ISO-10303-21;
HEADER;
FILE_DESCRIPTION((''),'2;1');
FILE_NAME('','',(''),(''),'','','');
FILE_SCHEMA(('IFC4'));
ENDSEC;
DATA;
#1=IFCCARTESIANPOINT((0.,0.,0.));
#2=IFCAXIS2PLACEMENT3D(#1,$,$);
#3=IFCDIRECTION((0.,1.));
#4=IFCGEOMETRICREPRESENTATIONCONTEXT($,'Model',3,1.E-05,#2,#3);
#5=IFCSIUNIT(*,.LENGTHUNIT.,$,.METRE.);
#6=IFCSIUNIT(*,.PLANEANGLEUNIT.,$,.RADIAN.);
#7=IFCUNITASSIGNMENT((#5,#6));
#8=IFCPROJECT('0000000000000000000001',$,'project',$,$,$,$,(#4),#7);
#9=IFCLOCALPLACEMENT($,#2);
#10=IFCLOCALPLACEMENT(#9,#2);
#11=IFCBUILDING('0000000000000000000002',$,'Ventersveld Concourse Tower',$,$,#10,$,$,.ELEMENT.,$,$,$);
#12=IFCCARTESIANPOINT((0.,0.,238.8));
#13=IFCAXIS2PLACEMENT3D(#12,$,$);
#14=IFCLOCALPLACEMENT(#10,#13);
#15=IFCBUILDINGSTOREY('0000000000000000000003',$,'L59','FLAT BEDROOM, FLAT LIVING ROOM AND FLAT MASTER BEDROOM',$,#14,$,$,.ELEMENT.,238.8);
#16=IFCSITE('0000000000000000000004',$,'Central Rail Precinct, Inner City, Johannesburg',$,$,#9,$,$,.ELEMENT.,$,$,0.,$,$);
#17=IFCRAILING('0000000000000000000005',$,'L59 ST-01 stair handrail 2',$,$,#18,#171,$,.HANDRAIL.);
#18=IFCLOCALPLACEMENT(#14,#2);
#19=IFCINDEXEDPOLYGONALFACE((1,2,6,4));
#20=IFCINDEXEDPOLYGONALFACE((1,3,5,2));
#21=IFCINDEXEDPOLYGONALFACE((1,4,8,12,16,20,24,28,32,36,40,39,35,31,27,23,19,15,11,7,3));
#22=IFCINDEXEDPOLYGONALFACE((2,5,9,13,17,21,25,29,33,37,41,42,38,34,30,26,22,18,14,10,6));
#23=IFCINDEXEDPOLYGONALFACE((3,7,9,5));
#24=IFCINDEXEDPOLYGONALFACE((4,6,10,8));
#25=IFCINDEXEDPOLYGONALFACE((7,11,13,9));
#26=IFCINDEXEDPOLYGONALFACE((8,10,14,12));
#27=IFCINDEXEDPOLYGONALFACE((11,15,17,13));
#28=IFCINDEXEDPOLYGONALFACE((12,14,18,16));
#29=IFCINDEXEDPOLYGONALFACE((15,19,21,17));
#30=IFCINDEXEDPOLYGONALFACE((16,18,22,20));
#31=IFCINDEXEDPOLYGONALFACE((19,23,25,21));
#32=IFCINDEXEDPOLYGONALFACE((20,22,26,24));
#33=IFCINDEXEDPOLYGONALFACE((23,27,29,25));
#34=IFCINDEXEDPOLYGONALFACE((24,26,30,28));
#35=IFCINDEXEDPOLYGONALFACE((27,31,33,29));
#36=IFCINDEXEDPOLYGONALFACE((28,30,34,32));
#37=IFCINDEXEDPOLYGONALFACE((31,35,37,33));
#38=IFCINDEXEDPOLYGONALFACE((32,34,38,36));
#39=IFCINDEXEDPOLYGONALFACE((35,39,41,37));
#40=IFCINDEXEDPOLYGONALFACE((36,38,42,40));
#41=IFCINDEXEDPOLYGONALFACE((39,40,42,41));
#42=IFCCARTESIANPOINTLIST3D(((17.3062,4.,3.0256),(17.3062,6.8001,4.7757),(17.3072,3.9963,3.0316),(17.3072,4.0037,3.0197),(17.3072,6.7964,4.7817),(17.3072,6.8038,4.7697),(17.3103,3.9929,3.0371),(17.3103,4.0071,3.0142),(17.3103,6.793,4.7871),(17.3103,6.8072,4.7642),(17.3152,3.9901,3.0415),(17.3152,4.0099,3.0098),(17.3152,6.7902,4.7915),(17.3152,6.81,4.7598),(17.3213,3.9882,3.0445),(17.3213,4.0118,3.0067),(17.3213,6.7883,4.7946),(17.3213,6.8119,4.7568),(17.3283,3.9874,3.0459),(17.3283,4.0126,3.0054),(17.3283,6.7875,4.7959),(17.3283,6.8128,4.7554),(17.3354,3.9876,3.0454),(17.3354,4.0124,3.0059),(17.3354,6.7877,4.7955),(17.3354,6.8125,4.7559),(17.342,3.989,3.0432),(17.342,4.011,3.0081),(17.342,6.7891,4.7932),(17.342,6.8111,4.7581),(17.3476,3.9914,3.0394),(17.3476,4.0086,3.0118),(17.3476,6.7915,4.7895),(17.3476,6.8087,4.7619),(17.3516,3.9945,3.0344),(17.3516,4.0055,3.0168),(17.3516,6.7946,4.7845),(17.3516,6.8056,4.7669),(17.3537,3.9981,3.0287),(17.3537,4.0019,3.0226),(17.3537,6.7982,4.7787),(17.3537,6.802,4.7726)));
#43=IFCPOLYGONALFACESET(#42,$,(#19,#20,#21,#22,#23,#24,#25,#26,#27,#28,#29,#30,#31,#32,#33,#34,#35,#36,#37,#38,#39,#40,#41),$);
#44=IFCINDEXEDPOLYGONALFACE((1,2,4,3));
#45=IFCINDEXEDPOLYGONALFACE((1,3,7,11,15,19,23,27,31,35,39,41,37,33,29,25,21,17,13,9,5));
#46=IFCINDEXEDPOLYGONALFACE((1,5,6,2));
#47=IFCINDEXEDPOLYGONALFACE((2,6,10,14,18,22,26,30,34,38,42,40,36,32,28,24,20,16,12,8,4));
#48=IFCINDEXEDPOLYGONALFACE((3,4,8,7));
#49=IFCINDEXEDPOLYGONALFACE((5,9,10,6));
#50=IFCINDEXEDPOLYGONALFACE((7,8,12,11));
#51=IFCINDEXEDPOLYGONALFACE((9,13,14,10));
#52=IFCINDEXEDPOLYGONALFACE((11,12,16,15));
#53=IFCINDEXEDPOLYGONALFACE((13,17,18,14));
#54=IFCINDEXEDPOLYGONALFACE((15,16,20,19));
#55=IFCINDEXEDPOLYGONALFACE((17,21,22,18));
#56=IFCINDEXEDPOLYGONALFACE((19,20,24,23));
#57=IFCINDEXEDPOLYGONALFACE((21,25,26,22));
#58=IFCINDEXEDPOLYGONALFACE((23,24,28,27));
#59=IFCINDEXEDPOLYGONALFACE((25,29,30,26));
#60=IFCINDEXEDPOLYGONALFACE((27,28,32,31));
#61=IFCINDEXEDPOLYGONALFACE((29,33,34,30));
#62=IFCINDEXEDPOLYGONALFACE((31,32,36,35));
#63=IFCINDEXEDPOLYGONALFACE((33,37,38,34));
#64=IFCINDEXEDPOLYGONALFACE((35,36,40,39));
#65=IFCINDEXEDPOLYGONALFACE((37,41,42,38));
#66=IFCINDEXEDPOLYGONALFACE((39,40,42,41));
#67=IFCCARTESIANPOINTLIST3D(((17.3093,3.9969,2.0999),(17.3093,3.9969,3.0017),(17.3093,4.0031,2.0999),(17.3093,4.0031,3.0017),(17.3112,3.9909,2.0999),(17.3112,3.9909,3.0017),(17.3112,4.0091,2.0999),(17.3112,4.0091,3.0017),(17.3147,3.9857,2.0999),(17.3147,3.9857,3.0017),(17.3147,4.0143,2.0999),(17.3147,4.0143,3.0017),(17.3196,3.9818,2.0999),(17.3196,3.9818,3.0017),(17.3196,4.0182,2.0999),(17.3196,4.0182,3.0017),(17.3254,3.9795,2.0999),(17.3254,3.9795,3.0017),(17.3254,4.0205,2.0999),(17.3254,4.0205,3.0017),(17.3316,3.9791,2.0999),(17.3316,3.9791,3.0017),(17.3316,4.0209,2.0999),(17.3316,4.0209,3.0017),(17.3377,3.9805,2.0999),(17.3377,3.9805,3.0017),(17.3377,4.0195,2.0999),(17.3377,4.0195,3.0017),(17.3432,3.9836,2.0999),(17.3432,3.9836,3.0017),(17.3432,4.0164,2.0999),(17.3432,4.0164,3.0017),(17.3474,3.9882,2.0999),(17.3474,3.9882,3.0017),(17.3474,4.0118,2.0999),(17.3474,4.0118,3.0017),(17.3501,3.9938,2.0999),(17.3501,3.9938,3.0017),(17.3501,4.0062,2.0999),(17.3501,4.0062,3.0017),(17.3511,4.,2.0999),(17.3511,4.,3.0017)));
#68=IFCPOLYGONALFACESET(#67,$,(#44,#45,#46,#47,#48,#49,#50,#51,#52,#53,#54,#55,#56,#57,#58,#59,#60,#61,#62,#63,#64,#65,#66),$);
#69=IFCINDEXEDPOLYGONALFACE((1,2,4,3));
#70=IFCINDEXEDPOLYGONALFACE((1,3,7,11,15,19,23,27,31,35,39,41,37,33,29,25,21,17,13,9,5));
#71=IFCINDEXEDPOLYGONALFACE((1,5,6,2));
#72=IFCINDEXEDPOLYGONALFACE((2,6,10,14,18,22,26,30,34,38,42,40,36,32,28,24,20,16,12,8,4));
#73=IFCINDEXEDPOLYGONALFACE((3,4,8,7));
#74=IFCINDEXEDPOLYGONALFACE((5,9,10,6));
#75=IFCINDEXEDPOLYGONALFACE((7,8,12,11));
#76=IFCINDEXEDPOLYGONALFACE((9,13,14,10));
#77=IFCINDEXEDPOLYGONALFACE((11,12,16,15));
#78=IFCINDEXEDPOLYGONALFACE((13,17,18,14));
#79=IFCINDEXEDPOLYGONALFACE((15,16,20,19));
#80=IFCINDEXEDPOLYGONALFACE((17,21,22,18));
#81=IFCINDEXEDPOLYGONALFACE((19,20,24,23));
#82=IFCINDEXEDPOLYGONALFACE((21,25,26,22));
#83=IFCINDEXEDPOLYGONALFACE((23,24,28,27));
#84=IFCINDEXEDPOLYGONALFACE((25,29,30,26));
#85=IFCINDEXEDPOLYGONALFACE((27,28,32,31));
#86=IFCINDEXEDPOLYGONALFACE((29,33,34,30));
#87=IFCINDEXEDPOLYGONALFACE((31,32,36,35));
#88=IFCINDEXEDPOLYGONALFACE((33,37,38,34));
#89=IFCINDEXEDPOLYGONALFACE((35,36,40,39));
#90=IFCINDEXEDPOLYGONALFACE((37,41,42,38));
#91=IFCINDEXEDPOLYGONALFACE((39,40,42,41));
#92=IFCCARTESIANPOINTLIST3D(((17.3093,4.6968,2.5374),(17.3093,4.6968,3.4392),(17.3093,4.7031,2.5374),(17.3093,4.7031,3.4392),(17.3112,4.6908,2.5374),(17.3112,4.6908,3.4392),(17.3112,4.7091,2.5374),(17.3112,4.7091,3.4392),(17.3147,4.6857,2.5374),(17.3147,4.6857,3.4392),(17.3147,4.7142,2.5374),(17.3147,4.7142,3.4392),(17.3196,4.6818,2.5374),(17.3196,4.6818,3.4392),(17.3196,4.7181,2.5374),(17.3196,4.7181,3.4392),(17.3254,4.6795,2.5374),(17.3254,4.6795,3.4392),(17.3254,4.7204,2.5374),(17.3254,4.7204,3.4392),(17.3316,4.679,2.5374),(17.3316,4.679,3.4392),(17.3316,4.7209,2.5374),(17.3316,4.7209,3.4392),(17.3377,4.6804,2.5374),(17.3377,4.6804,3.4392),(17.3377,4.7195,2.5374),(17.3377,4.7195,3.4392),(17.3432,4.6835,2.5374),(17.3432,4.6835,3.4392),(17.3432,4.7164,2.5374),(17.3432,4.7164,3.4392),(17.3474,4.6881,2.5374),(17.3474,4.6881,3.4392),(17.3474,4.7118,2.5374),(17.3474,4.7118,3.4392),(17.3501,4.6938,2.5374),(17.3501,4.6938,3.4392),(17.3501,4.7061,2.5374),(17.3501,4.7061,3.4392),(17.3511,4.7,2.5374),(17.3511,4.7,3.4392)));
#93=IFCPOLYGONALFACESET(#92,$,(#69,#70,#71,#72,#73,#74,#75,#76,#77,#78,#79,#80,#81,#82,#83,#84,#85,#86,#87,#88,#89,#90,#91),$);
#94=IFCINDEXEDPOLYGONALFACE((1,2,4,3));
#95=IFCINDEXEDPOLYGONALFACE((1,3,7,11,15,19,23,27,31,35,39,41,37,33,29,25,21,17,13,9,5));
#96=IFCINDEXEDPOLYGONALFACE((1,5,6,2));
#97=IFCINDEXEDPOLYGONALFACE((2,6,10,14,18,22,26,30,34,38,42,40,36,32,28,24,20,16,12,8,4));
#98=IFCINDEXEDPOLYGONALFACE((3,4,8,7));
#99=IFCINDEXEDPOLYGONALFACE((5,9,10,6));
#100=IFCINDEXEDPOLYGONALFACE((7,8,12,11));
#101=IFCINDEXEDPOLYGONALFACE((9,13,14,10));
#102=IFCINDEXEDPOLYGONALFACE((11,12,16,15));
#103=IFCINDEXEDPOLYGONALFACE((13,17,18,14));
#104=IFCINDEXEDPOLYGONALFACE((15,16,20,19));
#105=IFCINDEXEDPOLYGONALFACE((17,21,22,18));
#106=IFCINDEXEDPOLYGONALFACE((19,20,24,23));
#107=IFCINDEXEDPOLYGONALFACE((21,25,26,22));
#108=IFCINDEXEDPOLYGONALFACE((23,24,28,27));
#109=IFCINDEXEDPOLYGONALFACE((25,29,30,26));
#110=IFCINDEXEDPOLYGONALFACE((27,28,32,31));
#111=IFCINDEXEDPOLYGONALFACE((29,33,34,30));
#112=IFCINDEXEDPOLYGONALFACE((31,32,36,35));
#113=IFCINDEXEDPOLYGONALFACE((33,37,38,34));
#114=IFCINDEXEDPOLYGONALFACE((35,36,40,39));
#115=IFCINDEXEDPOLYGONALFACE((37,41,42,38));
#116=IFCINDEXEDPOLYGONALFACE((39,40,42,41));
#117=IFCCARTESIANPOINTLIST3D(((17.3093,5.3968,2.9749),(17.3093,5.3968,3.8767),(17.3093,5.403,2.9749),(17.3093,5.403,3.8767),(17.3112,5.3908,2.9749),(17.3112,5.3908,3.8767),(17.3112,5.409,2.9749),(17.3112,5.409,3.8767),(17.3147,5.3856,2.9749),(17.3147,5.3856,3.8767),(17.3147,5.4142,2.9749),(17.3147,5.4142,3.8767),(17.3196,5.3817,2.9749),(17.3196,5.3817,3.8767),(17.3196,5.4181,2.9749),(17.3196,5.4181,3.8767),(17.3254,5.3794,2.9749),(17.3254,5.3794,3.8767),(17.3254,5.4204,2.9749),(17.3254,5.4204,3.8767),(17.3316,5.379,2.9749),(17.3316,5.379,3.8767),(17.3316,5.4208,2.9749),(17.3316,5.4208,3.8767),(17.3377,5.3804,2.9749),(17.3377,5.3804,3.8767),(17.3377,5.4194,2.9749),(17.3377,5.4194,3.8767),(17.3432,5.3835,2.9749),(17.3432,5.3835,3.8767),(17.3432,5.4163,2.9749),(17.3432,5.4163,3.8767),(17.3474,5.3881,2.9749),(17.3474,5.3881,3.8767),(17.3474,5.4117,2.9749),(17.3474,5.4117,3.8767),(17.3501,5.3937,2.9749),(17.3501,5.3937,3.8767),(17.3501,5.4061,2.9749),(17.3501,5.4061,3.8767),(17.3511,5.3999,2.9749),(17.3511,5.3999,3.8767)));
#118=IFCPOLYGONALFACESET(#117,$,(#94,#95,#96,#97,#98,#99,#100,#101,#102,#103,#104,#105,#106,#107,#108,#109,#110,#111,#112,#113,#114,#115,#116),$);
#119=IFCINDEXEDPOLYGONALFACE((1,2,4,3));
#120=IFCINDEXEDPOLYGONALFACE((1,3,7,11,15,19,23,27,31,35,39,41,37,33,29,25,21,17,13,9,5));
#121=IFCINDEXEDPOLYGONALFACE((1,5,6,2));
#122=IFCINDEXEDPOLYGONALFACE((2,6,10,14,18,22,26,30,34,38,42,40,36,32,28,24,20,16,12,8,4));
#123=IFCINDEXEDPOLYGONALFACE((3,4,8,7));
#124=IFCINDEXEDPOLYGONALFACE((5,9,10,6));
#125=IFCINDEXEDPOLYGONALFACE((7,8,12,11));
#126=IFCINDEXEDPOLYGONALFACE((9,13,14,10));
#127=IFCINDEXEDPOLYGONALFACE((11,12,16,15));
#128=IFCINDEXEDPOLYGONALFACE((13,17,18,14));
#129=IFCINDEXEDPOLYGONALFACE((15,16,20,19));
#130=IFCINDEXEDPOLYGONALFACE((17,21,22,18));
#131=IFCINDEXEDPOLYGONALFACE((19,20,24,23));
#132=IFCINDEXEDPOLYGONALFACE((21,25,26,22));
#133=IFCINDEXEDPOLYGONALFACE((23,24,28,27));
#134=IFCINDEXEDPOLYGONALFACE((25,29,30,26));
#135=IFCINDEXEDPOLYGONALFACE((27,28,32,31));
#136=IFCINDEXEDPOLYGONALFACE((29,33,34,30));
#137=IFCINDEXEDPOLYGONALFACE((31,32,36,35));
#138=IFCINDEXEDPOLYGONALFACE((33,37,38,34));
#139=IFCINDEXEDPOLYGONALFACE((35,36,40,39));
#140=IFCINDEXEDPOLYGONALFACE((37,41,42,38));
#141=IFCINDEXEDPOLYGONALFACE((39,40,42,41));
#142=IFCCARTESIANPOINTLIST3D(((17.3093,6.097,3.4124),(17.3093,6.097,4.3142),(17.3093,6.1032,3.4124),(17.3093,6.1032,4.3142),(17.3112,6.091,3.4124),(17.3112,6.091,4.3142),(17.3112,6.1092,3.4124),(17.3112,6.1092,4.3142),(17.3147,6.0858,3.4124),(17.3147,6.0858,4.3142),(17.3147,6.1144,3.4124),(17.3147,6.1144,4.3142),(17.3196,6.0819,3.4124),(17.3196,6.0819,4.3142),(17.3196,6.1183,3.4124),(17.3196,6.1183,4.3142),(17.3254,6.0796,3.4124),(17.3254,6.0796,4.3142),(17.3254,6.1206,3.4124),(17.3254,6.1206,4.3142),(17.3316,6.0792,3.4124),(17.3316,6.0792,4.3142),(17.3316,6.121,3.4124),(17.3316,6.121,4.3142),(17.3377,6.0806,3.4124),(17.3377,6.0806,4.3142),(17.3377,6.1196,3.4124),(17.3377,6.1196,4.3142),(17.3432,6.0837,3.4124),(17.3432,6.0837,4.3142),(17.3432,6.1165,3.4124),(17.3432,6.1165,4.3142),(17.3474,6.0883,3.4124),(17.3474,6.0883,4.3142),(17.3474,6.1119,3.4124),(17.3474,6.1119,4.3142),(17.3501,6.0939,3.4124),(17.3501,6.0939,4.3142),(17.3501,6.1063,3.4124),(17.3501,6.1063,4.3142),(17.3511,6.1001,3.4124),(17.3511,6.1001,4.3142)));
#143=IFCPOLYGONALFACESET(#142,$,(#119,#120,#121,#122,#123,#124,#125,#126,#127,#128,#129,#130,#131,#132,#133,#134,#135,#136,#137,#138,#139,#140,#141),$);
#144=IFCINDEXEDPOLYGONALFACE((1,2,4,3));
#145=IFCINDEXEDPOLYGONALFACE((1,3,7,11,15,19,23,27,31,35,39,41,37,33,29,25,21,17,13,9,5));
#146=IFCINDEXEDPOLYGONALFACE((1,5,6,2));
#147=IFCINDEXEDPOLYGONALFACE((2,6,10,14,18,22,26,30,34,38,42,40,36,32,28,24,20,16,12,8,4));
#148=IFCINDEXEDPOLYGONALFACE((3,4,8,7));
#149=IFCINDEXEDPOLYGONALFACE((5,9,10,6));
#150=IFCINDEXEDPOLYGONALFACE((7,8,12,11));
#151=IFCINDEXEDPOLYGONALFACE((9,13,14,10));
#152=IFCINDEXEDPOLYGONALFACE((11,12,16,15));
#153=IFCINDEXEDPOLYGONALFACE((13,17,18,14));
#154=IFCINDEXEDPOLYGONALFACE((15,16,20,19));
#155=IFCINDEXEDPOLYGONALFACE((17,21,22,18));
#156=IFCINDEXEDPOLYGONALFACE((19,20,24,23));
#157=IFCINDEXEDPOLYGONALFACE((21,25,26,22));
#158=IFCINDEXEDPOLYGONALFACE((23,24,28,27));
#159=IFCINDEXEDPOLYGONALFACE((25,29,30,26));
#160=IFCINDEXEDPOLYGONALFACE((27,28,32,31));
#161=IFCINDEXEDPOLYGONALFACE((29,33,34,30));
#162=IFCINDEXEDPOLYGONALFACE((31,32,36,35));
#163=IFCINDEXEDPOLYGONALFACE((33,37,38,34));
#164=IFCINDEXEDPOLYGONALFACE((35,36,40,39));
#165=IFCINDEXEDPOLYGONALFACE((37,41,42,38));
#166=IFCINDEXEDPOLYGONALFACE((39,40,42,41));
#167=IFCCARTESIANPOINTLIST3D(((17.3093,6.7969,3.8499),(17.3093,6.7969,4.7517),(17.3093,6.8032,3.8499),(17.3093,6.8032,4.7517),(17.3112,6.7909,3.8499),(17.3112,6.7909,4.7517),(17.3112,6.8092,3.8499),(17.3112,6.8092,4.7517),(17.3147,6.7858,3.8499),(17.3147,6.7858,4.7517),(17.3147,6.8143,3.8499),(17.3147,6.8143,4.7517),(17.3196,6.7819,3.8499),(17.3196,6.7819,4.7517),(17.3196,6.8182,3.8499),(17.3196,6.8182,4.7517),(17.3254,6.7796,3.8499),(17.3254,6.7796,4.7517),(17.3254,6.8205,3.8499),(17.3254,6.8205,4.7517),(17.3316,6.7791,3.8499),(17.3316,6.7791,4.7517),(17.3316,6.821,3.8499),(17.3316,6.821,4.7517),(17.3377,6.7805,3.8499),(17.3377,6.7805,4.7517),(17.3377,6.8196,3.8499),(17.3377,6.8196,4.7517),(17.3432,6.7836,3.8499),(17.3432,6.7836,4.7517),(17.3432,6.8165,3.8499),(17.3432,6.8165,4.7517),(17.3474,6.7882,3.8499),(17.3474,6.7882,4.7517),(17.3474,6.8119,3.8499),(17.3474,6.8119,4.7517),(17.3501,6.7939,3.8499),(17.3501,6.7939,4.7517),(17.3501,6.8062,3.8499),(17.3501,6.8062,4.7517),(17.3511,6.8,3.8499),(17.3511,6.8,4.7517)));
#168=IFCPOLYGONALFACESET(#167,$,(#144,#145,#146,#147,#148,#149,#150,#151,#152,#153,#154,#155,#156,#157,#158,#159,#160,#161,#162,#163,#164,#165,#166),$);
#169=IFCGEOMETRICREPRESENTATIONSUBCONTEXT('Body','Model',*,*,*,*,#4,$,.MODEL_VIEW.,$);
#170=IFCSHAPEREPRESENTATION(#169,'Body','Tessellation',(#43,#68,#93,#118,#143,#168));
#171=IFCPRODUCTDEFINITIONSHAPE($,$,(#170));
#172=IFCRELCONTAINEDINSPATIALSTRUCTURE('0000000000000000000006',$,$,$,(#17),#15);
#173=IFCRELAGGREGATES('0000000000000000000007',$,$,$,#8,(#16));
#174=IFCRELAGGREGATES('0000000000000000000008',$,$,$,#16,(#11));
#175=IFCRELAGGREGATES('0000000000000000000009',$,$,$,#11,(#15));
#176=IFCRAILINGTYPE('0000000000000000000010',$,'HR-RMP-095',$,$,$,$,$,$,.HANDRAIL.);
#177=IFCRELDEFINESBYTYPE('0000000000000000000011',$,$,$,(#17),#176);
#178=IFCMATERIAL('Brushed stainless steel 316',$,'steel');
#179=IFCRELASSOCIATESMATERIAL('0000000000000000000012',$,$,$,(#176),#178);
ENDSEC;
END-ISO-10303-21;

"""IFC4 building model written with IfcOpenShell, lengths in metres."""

from ifc_helpers import new_model, si_unit, direction, frame, origin, origin_2d, place, context, subcontext, project, spatial, circle, extrude, material, type_object, element, save


model = new_model("IFC4")

# Units and contexts
model_context = context("Model", 3, precision=1e-05, world=origin(), true_north=direction((0.0, 1.0)))
body_context = subcontext(model_context, "Body", "Model", "MODEL_VIEW")
ifc_project = project(units=[si_unit("LENGTHUNIT", "METRE"), si_unit("PLANEANGLEUNIT", "RADIAN")], contexts=[model_context])

# Site, building, storey
site_placement = place(None, origin())
site = spatial("IfcSite", under=ifc_project, at=site_placement, Name="Central Rail Precinct, Inner City, Johannesburg", CompositionType="ELEMENT", RefElevation=0.0)
building_placement = place(site_placement, origin())
building = spatial("IfcBuilding", under=site, at=building_placement, Name="Ventersveld Concourse Tower", CompositionType="ELEMENT")
storey_placement = place(building_placement, frame((0.0, 0.0, 238.8)))
storey = spatial("IfcBuildingStorey", under=building, at=storey_placement, Name="L59", Description="FLAT BEDROOM, FLAT LIVING ROOM AND FLAT MASTER BEDROOM", CompositionType="ELEMENT", Elevation=238.8)

# Shared definitions
ifc_material_1 = material(Name="Brushed stainless steel 316", Category="steel")

# Railing
railing_type_1 = type_object("IfcRailingType", Name="HR-RMP-095", PredefinedType="HANDRAIL", material=ifc_material_1)
railing_1_placement = place(storey_placement, frame((17.3301, 4.0, 2.0999)))
element("IfcRailing", 1, at=railing_1_placement, inside=storey, type_object=railing_type_1, Name="L59 ST-01 stair handrail 2", PredefinedType="HANDRAIL", context=body_context, shape_type="SweptSolid", body=[
    extrude(circle(Radius=0.0239, at=origin_2d()), frame((0.0, 0.0, 0.9258), z_axis=(0.0, 0.848002, 0.529992), x_axis=(-1.0, 0.0, 0.0)), (0.0, 0.0, 1.0), 3.302),
    extrude(circle(Radius=0.021, at=origin_2d()), origin(), (0.0, 0.0, 1.0), 0.9019),
    extrude(circle(Radius=0.021, at=origin_2d()), frame((0.0, 0.7, 0.4375)), (0.0, 0.0, 1.0), 0.9019),
    extrude(circle(Radius=0.021, at=origin_2d()), frame((0.0, 1.3999, 0.875)), (0.0, 0.0, 1.0), 0.9019),
    extrude(circle(Radius=0.021, at=origin_2d()), frame((0.0, 2.1001, 1.3125)), (0.0, 0.0, 1.0), 0.9019),
    extrude(circle(Radius=0.021, at=origin_2d()), frame((0.0, 2.8, 1.75)), (0.0, 0.0, 1.0), 0.9019),
])

save(model, "model.ifc")
